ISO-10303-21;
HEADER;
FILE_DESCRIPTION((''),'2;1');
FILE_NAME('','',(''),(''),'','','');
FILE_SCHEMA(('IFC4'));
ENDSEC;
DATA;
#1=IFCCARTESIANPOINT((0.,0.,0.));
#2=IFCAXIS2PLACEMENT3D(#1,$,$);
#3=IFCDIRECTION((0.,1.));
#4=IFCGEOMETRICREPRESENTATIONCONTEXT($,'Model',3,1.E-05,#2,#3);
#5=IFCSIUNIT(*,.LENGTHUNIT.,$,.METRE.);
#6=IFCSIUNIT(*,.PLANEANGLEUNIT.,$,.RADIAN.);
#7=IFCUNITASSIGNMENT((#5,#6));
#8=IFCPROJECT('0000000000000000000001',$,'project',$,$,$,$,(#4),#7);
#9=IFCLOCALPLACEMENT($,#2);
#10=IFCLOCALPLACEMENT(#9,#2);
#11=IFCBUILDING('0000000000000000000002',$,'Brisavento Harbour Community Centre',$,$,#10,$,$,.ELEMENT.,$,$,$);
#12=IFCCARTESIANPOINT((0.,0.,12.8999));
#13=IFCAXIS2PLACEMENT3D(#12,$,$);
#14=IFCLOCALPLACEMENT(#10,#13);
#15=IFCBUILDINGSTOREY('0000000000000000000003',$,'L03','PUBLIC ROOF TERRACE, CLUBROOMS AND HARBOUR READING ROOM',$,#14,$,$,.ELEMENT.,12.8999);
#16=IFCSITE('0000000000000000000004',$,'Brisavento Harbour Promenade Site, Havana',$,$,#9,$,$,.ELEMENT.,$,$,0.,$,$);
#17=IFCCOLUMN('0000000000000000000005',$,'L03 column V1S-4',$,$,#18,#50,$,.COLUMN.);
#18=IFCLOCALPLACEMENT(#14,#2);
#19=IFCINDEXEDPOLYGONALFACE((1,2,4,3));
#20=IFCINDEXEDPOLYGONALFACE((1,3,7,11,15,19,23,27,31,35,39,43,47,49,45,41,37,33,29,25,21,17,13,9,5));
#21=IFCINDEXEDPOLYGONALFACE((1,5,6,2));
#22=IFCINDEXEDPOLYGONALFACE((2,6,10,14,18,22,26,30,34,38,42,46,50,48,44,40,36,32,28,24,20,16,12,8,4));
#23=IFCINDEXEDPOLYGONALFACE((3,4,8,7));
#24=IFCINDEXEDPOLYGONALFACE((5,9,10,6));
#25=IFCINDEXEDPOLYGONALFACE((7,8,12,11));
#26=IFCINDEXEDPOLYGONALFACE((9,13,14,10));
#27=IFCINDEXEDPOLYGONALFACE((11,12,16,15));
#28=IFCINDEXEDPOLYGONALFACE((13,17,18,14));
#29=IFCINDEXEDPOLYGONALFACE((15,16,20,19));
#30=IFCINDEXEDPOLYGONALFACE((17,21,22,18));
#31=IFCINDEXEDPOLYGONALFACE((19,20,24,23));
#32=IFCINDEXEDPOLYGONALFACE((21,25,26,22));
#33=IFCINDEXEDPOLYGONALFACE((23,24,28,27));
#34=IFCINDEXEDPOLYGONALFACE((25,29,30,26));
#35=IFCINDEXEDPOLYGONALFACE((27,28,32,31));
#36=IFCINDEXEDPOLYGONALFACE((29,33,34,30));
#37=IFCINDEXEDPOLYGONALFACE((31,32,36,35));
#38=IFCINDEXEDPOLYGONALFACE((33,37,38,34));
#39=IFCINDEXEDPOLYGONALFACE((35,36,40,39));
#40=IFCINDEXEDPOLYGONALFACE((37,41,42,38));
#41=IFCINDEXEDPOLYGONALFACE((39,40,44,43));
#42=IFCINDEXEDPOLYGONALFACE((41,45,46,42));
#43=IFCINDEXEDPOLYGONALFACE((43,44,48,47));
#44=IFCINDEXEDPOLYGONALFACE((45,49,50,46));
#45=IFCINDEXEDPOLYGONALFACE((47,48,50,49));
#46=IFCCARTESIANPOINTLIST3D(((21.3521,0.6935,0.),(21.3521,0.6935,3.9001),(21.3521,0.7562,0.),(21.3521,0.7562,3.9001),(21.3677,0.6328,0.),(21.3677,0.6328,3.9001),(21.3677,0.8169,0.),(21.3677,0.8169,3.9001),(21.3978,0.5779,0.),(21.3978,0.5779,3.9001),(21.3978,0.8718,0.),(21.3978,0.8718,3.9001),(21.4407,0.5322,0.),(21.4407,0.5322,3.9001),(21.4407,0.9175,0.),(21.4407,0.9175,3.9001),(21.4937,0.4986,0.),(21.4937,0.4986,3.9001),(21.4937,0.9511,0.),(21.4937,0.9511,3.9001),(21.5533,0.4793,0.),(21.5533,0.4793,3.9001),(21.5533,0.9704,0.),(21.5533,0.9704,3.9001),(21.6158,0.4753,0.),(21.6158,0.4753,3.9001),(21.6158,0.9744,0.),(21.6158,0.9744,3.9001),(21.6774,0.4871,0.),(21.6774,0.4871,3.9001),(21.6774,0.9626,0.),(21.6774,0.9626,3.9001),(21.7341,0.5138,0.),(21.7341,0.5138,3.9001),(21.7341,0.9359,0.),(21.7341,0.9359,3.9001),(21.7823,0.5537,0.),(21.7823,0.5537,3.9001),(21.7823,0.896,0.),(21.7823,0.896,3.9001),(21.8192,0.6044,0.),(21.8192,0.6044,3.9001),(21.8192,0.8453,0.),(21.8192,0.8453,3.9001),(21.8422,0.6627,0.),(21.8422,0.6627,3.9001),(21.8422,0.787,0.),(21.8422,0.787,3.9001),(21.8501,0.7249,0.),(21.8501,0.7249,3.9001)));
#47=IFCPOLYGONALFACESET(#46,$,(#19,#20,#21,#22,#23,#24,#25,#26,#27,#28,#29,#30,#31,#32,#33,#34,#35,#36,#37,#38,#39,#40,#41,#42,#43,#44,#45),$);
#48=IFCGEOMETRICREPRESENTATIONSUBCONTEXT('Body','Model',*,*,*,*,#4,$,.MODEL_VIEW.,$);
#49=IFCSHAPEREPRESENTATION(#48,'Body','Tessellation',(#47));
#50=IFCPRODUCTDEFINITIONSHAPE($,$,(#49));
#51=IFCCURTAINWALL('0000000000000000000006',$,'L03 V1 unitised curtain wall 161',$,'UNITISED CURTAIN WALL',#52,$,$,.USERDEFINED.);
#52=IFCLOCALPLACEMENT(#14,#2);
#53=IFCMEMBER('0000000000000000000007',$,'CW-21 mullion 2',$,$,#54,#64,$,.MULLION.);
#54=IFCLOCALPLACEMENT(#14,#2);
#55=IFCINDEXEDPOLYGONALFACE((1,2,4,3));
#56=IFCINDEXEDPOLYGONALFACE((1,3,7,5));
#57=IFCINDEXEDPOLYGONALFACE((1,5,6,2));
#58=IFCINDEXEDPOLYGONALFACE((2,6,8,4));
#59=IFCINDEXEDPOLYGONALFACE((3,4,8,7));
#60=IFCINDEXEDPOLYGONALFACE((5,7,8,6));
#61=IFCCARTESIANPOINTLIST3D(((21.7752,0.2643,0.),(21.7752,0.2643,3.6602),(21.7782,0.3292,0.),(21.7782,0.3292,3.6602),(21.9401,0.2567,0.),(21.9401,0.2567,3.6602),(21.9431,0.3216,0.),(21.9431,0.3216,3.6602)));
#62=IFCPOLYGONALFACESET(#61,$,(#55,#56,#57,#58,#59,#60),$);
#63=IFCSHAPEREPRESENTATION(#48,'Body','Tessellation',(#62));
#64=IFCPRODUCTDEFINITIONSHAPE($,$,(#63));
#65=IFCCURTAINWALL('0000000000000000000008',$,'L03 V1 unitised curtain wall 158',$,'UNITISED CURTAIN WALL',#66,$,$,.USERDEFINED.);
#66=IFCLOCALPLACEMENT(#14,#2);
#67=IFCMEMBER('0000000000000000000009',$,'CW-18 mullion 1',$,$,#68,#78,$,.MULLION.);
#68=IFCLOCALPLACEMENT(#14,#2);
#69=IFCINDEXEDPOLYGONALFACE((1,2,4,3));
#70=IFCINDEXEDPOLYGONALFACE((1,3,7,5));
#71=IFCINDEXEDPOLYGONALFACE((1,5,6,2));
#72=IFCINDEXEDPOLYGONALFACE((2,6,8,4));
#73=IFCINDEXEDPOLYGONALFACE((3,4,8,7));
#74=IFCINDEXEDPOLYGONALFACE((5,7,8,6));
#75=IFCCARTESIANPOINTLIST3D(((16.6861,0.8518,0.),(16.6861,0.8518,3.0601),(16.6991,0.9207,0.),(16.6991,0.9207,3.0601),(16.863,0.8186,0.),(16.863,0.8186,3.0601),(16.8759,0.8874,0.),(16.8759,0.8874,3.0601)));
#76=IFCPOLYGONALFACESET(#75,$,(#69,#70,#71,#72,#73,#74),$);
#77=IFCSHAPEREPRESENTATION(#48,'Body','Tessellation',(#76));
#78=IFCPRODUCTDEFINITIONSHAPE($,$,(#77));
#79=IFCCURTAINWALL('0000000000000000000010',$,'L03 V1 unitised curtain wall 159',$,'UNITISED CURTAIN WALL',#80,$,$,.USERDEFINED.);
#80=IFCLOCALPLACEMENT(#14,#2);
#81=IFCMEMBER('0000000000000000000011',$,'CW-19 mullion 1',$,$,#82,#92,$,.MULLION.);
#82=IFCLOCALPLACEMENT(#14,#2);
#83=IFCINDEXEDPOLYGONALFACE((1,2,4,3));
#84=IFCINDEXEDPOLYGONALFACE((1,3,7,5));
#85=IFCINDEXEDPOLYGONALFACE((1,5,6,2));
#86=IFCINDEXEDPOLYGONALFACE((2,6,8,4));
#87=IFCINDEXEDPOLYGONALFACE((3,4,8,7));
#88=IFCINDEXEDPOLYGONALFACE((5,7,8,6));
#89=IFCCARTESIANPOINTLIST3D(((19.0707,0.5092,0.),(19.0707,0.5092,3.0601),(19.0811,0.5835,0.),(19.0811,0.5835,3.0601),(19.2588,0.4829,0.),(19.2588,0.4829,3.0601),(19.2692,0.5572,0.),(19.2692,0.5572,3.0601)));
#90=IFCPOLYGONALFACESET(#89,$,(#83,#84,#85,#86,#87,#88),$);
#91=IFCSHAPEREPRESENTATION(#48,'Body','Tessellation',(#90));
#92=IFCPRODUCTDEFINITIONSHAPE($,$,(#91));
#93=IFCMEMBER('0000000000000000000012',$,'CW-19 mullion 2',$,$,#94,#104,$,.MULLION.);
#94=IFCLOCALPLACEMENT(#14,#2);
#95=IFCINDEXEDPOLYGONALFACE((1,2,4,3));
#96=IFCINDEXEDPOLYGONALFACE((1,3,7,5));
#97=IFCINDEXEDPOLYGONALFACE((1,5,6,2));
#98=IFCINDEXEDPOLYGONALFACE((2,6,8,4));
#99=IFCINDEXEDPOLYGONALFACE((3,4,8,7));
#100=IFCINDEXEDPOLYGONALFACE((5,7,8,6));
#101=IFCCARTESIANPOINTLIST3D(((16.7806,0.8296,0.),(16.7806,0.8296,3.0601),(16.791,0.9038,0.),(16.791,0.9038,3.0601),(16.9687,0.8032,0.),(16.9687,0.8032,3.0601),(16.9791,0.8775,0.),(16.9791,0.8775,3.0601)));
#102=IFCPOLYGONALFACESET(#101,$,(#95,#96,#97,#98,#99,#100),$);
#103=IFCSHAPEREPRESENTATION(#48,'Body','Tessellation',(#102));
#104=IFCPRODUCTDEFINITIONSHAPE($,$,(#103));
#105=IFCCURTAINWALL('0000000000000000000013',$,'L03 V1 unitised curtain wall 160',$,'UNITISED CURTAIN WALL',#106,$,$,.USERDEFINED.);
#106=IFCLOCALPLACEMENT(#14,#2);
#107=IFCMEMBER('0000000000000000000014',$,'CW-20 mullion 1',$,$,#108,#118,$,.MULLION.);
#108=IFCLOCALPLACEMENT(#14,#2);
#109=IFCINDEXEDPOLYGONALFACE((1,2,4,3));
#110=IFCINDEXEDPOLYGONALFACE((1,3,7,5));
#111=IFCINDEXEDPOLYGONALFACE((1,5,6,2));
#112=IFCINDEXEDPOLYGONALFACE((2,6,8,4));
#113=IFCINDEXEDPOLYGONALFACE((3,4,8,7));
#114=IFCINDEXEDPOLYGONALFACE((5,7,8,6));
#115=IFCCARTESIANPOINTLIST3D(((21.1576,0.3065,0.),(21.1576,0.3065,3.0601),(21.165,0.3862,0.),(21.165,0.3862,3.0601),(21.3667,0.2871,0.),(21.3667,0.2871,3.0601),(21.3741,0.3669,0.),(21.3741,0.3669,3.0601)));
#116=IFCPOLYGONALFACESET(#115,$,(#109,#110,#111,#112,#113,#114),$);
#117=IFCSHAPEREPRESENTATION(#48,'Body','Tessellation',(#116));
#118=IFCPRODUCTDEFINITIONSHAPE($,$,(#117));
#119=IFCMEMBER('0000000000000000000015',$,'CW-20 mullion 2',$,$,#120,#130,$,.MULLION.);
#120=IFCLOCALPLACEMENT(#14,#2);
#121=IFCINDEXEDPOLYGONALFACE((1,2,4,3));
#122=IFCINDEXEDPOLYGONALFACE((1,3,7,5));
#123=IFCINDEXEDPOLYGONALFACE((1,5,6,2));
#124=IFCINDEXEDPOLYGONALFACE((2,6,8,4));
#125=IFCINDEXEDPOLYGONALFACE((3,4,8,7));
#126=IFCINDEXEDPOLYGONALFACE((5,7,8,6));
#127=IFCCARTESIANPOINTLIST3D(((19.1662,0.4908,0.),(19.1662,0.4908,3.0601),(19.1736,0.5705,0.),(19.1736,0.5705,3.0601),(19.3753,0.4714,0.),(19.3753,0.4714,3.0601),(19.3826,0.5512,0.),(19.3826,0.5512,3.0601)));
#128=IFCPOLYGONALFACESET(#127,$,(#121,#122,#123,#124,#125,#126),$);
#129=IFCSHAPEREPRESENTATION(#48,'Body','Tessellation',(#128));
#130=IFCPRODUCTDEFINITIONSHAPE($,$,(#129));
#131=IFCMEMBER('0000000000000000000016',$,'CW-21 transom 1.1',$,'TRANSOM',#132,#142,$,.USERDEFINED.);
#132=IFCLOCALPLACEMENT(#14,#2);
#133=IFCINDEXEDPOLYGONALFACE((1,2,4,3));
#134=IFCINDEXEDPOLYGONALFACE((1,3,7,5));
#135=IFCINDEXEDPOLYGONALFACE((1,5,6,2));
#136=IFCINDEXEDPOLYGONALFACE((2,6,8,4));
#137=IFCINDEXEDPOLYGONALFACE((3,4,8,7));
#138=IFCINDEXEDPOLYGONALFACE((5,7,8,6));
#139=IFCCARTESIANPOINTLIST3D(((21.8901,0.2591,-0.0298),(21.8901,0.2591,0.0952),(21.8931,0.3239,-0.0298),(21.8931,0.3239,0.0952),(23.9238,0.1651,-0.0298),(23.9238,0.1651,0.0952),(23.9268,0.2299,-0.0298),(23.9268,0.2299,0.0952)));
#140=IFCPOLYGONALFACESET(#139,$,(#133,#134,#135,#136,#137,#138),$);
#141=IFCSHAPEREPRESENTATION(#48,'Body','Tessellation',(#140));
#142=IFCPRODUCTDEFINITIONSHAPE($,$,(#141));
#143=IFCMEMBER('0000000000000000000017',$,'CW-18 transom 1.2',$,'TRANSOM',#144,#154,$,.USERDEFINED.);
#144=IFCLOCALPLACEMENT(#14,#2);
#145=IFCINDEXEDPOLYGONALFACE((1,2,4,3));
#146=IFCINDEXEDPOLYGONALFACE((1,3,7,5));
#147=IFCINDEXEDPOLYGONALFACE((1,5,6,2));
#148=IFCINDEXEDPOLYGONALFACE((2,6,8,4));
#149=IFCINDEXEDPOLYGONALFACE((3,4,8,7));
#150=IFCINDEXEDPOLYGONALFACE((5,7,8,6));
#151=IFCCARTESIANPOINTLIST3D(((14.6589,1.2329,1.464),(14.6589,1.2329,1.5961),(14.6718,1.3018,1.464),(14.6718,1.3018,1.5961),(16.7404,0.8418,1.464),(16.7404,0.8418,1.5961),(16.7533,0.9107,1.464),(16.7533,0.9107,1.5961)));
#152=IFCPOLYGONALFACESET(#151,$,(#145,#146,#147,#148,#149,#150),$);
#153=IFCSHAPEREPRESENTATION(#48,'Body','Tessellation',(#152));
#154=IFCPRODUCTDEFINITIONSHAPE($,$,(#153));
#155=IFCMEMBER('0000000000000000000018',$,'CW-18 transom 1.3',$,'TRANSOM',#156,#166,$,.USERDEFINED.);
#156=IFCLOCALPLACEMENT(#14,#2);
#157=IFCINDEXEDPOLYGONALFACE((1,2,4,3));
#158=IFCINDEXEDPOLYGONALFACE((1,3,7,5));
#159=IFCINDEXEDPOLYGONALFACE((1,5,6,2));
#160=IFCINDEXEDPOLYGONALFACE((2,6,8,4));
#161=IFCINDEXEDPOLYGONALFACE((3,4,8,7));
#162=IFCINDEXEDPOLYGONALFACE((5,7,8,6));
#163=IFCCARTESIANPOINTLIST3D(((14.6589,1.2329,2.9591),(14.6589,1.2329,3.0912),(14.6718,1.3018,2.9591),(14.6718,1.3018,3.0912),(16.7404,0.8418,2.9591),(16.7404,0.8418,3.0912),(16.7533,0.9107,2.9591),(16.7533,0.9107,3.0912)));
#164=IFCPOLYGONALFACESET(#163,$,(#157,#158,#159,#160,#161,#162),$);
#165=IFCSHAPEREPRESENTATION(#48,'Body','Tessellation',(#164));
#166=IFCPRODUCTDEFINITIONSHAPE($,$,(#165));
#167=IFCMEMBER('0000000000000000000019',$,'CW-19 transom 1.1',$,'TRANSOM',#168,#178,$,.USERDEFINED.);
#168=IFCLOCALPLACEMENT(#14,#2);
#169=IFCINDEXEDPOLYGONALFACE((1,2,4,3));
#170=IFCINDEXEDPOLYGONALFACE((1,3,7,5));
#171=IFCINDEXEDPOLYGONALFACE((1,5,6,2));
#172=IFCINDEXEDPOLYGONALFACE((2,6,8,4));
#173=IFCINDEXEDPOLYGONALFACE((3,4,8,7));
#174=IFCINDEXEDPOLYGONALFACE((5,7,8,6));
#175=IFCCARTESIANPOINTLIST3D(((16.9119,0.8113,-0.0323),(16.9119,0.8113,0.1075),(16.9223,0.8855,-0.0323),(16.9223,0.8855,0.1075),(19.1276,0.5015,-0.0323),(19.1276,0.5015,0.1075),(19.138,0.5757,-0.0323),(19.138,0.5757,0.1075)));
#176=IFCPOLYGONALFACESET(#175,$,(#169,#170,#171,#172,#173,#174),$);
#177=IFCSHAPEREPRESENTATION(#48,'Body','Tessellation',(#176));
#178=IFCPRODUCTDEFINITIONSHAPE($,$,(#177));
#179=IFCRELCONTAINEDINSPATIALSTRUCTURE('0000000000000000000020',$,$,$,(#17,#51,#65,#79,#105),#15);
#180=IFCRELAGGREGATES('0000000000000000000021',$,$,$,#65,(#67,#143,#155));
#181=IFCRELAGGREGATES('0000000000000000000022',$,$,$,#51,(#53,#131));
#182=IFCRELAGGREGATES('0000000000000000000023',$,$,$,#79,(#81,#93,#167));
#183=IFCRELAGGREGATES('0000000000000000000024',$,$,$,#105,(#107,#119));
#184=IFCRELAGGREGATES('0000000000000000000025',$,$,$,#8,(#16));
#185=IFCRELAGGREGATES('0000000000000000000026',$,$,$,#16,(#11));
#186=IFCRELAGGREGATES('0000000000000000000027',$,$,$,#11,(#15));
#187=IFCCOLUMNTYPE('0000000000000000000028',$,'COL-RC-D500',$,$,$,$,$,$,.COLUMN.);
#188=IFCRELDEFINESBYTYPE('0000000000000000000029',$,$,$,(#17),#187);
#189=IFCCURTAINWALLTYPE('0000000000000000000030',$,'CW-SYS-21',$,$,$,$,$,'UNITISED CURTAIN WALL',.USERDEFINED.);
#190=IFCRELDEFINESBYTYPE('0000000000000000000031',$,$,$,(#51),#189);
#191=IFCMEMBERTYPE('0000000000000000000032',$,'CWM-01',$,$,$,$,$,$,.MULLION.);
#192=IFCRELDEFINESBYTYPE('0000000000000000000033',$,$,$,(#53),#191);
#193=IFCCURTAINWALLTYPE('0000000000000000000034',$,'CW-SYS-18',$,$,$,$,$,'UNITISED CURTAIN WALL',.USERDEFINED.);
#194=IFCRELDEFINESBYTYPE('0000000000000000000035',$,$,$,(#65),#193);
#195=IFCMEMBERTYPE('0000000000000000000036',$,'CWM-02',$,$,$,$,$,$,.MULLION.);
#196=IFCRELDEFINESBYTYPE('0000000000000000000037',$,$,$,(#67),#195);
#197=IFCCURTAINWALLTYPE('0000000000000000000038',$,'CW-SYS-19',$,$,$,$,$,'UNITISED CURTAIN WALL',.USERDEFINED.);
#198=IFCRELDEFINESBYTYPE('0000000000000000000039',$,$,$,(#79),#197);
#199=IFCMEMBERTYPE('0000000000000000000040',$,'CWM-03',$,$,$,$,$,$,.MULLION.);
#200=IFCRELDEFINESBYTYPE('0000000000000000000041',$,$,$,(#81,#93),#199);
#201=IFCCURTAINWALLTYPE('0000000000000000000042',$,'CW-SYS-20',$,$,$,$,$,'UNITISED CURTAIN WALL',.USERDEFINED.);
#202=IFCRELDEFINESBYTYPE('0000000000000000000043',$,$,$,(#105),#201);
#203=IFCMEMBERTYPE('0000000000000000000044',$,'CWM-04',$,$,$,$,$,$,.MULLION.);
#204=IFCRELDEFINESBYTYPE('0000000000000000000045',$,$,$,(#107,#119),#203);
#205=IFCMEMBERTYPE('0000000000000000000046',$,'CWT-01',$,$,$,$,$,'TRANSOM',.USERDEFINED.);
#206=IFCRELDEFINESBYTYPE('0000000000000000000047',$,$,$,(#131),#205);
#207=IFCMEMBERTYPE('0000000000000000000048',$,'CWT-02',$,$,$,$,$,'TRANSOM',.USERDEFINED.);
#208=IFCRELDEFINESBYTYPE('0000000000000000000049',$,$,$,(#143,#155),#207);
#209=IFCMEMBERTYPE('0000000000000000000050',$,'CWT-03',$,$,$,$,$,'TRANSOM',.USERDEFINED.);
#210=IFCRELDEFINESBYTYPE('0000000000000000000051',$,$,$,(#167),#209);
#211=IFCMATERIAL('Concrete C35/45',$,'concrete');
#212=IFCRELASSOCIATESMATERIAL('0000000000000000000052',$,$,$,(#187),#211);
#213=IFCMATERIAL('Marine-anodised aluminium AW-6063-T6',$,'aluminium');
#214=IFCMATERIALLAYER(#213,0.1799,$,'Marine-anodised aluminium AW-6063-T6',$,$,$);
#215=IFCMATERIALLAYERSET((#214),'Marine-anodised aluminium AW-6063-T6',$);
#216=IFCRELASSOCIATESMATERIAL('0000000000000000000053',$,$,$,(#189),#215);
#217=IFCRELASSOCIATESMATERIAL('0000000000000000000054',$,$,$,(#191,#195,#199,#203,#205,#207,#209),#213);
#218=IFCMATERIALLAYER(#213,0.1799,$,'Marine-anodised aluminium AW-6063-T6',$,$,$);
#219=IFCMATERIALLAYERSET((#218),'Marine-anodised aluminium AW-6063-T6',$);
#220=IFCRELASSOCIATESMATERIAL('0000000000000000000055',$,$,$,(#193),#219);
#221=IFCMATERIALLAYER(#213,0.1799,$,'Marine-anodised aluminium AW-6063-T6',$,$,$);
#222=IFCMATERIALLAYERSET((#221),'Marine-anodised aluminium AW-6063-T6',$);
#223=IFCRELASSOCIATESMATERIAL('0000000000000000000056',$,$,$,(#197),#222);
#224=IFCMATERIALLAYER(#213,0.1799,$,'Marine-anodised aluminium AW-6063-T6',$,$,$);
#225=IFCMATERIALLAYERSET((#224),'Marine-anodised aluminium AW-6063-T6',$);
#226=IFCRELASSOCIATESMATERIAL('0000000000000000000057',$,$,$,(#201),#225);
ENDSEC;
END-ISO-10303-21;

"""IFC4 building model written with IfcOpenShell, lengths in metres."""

from ifc_helpers import new_model, si_unit, direction, frame, origin, origin_2d, place, context, subcontext, project, spatial, rectangle, circle, extrude, material, layer, layer_set, material_profile, profile_set, type_object, element, aggregate, save


model = new_model("IFC4")

# Units and contexts
model_context = context("Model", 3, precision=1e-05, world=origin(), true_north=direction((0.0, 1.0)))
body_context = subcontext(model_context, "Body", "Model", "MODEL_VIEW")
ifc_project = project(units=[si_unit("LENGTHUNIT", "METRE"), si_unit("PLANEANGLEUNIT", "RADIAN")], contexts=[model_context])

# Site, building, storey
site_placement = place(None, origin())
site = spatial("IfcSite", under=ifc_project, at=site_placement, Name="Brisavento Harbour Promenade Site, Havana", CompositionType="ELEMENT", RefElevation=0.0)
building_placement = place(site_placement, origin())
building = spatial("IfcBuilding", under=site, at=building_placement, Name="Brisavento Harbour Community Centre", CompositionType="ELEMENT")
storey_placement = place(building_placement, frame((0.0, 0.0, 12.8999)))
storey = spatial("IfcBuildingStorey", under=building, at=storey_placement, Name="L03", Description="PUBLIC ROOF TERRACE, CLUBROOMS AND HARBOUR READING ROOM", CompositionType="ELEMENT", Elevation=12.8999)

# Column
ifc_material_1 = material(Name="Concrete C35/45", Category="concrete")
ifc_material_profile_1 = material_profile(ifc_material_1, circle(Radius=0.25, at=origin_2d()), Name="Concrete C35/45")
ifc_profile_set_1 = profile_set([ifc_material_profile_1], Name="Concrete C35/45")
column_type = type_object("IfcColumnType", Name="COL-RC-D500", PredefinedType="COLUMN", material=ifc_profile_set_1)
column_placement = place(storey_placement, frame((21.6001, 0.7249, 0.0), z_axis=(0.0, 0.0, 1.0), x_axis=(1.0, 0.0, 0.0)))
element("IfcColumn", 1, at=column_placement, inside=storey, type_object=column_type, Name="L03 column V1S-4", PredefinedType="COLUMN", context=body_context, shape_type="SweptSolid", body=[
    extrude(circle(Radius=0.25, at=origin_2d()), origin(), (0.0, 0.0, 1.0), 3.9001),
])

# Curtain walls, members
ifc_material_2 = material(Name="Marine-anodised aluminium AW-6063-T6", Category="aluminium")
ifc_layer_1 = layer(ifc_material_2, 0.1799, Name="Marine-anodised aluminium AW-6063-T6")
ifc_layer_set_1 = layer_set([ifc_layer_1], Name="Marine-anodised aluminium AW-6063-T6")
curtain_wall_type_1 = type_object("IfcCurtainWallType", Name="CW-SYS-21", ElementType="UNITISED CURTAIN WALL", PredefinedType="USERDEFINED", material=ifc_layer_set_1)
curtain_wall_1_placement = place(storey_placement, origin())
curtain_wall_1 = element("IfcCurtainWall", 2, at=curtain_wall_1_placement, inside=storey, type_object=curtain_wall_type_1, Name="L03 V1 unitised curtain wall 161", ObjectType="UNITISED CURTAIN WALL", PredefinedType="USERDEFINED")
ifc_material_profile_2 = material_profile(ifc_material_2, rectangle(XDim=0.0649, YDim=0.165, at=origin_2d()), Name="Marine-anodised aluminium AW-6063-T6")
ifc_profile_set_2 = profile_set([ifc_material_profile_2], Name="Marine-anodised aluminium AW-6063-T6")
member_type_1 = type_object("IfcMemberType", Name="CWM-01", PredefinedType="MULLION", material=ifc_profile_set_2)
member_1_placement = place(storey_placement, frame((21.8591, 0.293, 0.0), z_axis=(0.0, 0.0, 1.0), x_axis=(-0.046168, -0.998934, 0.0)))
member_1 = element("IfcMember", 3, at=member_1_placement, type_object=member_type_1, Name="CW-21 mullion 2", PredefinedType="MULLION", context=body_context, shape_type="SweptSolid", body=[
    extrude(rectangle(XDim=0.0649, YDim=0.165, at=origin_2d()), origin(), (0.0, 0.0, 1.0), 3.6602),
])
ifc_layer_2 = layer(ifc_material_2, 0.1799, Name="Marine-anodised aluminium AW-6063-T6")
ifc_layer_set_2 = layer_set([ifc_layer_2], Name="Marine-anodised aluminium AW-6063-T6")
curtain_wall_type_2 = type_object("IfcCurtainWallType", Name="CW-SYS-18", ElementType="UNITISED CURTAIN WALL", PredefinedType="USERDEFINED", material=ifc_layer_set_2)
curtain_wall_2_placement = place(storey_placement, origin())
curtain_wall_2 = element("IfcCurtainWall", 4, at=curtain_wall_2_placement, inside=storey, type_object=curtain_wall_type_2, Name="L03 V1 unitised curtain wall 158", ObjectType="UNITISED CURTAIN WALL", PredefinedType="USERDEFINED")
ifc_material_profile_3 = material_profile(ifc_material_2, rectangle(XDim=0.0701, YDim=0.1799, at=origin_2d()), Name="Marine-anodised aluminium AW-6063-T6")
ifc_profile_set_3 = profile_set([ifc_material_profile_3], Name="Marine-anodised aluminium AW-6063-T6")
member_type_2 = type_object("IfcMemberType", Name="CWM-02", PredefinedType="MULLION", material=ifc_profile_set_3)
member_2_placement = place(storey_placement, frame((16.781, 0.8696, 0.0), z_axis=(0.0, 0.0, 1.0), x_axis=(-0.18469, -0.982797, 0.0)))
member_2 = element("IfcMember", 5, at=member_2_placement, type_object=member_type_2, Name="CW-18 mullion 1", PredefinedType="MULLION", context=body_context, shape_type="SweptSolid", body=[
    extrude(rectangle(XDim=0.0701, YDim=0.1799, at=origin_2d()), origin(), (0.0, 0.0, 1.0), 3.0601),
])

# Curtain walls, members
ifc_layer_3 = layer(ifc_material_2, 0.1799, Name="Marine-anodised aluminium AW-6063-T6")
ifc_layer_set_3 = layer_set([ifc_layer_3], Name="Marine-anodised aluminium AW-6063-T6")
curtain_wall_type_3 = type_object("IfcCurtainWallType", Name="CW-SYS-19", ElementType="UNITISED CURTAIN WALL", PredefinedType="USERDEFINED", material=ifc_layer_set_3)
curtain_wall_3_placement = place(storey_placement, origin())
curtain_wall_3 = element("IfcCurtainWall", 6, at=curtain_wall_3_placement, inside=storey, type_object=curtain_wall_type_3, Name="L03 V1 unitised curtain wall 159", ObjectType="UNITISED CURTAIN WALL", PredefinedType="USERDEFINED")
ifc_material_profile_4 = material_profile(ifc_material_2, rectangle(XDim=0.075, YDim=0.1899, at=origin_2d()), Name="Marine-anodised aluminium AW-6063-T6")
ifc_profile_set_4 = profile_set([ifc_material_profile_4], Name="Marine-anodised aluminium AW-6063-T6")
member_type_3 = type_object("IfcMemberType", Name="CWM-03", PredefinedType="MULLION", material=ifc_profile_set_4)
member_3_placement = place(storey_placement, frame((19.1699, 0.5332, 0.0), z_axis=(0.0, 0.0, 1.0), x_axis=(-0.138477, -0.990366, 0.0)))
member_3 = element("IfcMember", 7, at=member_3_placement, type_object=member_type_3, Name="CW-19 mullion 1", PredefinedType="MULLION", context=body_context, shape_type="SweptSolid", body=[
    extrude(rectangle(XDim=0.075, YDim=0.1899, at=origin_2d()), origin(), (0.0, 0.0, 1.0), 3.0601),
])
member_4_placement = place(storey_placement, frame((16.8799, 0.8535, 0.0), z_axis=(0.0, 0.0, 1.0), x_axis=(-0.138477, -0.990366, 0.0)))
member_4 = element("IfcMember", 8, at=member_4_placement, type_object=member_type_3, Name="CW-19 mullion 2", PredefinedType="MULLION", context=body_context, shape_type="SweptSolid", body=[
    extrude(rectangle(XDim=0.075, YDim=0.1899, at=origin_2d()), origin(), (0.0, 0.0, 1.0), 3.0601),
])
ifc_layer_4 = layer(ifc_material_2, 0.1799, Name="Marine-anodised aluminium AW-6063-T6")
ifc_layer_set_4 = layer_set([ifc_layer_4], Name="Marine-anodised aluminium AW-6063-T6")
curtain_wall_type_4 = type_object("IfcCurtainWallType", Name="CW-SYS-20", ElementType="UNITISED CURTAIN WALL", PredefinedType="USERDEFINED", material=ifc_layer_set_4)
curtain_wall_4_placement = place(storey_placement, origin())
curtain_wall_4 = element("IfcCurtainWall", 9, at=curtain_wall_4_placement, inside=storey, type_object=curtain_wall_type_4, Name="L03 V1 unitised curtain wall 160", ObjectType="UNITISED CURTAIN WALL", PredefinedType="USERDEFINED")
ifc_material_profile_5 = material_profile(ifc_material_2, rectangle(XDim=0.0801, YDim=0.21, at=origin_2d()), Name="Marine-anodised aluminium AW-6063-T6")
ifc_profile_set_5 = profile_set([ifc_material_profile_5], Name="Marine-anodised aluminium AW-6063-T6")
member_type_4 = type_object("IfcMemberType", Name="CWM-04", PredefinedType="MULLION", material=ifc_profile_set_5)
member_5_placement = place(storey_placement, frame((21.2659, 0.3367, 0.0), z_axis=(0.0, 0.0, 1.0), x_axis=(-0.092261, -0.995735, 0.0)))
member_5 = element("IfcMember", 10, at=member_5_placement, type_object=member_type_4, Name="CW-20 mullion 1", PredefinedType="MULLION", context=body_context, shape_type="SweptSolid", body=[
    extrude(rectangle(XDim=0.0801, YDim=0.21, at=origin_2d()), origin(), (0.0, 0.0, 1.0), 3.0601),
])
member_6_placement = place(storey_placement, frame((19.2744, 0.521, 0.0), z_axis=(0.0, 0.0, 1.0), x_axis=(-0.092261, -0.995735, 0.0)))
member_6 = element("IfcMember", 11, at=member_6_placement, type_object=member_type_4, Name="CW-20 mullion 2", PredefinedType="MULLION", context=body_context, shape_type="SweptSolid", body=[
    extrude(rectangle(XDim=0.0801, YDim=0.21, at=origin_2d()), origin(), (0.0, 0.0, 1.0), 3.0601),
])

# Members
ifc_material_profile_6 = material_profile(ifc_material_2, rectangle(XDim=0.0649, YDim=0.125, at=origin_2d()), Name="Marine-anodised aluminium AW-6063-T6")
ifc_profile_set_6 = profile_set([ifc_material_profile_6], Name="Marine-anodised aluminium AW-6063-T6")
member_type_5 = type_object("IfcMemberType", Name="CWT-01", ElementType="TRANSOM", PredefinedType="USERDEFINED", material=ifc_profile_set_6)
member_7_placement = place(storey_placement, frame((23.9253, 0.1975, 0.0327), z_axis=(-0.998934, 0.046169, 0.0), x_axis=(-0.046169, -0.998934, 0.0)))
member_7 = element("IfcMember", 12, at=member_7_placement, type_object=member_type_5, Name="CW-21 transom 1.1", ObjectType="TRANSOM", PredefinedType="USERDEFINED", context=body_context, shape_type="SweptSolid", body=[
    extrude(rectangle(XDim=0.0649, YDim=0.125, at=origin_2d()), origin(), (0.0, 0.0, 1.0), 2.0359),
])
ifc_material_profile_7 = material_profile(ifc_material_2, rectangle(XDim=0.0701, YDim=0.1321, at=origin_2d()), Name="Marine-anodised aluminium AW-6063-T6")
ifc_profile_set_7 = profile_set([ifc_material_profile_7], Name="Marine-anodised aluminium AW-6063-T6")
member_type_6 = type_object("IfcMemberType", Name="CWT-02", ElementType="TRANSOM", PredefinedType="USERDEFINED", material=ifc_profile_set_7)
member_8_placement = place(storey_placement, frame((16.7468, 0.8762, 1.53), z_axis=(-0.982802, 0.184664, 0.0), x_axis=(-0.184664, -0.982802, 0.0)))
member_8 = element("IfcMember", 13, at=member_8_placement, type_object=member_type_6, Name="CW-18 transom 1.2", ObjectType="TRANSOM", PredefinedType="USERDEFINED", context=body_context, shape_type="SweptSolid", body=[
    extrude(rectangle(XDim=0.0701, YDim=0.1321, at=origin_2d()), origin(), (0.0, 0.0, 1.0), 2.1179),
])
member_9_placement = place(storey_placement, frame((16.7468, 0.8762, 3.0251), z_axis=(-0.982802, 0.184664, 0.0), x_axis=(-0.184664, -0.982802, 0.0)))
member_9 = element("IfcMember", 14, at=member_9_placement, type_object=member_type_6, Name="CW-18 transom 1.3", ObjectType="TRANSOM", PredefinedType="USERDEFINED", context=body_context, shape_type="SweptSolid", body=[
    extrude(rectangle(XDim=0.0701, YDim=0.1321, at=origin_2d()), origin(), (0.0, 0.0, 1.0), 2.1179),
])
aggregate(curtain_wall_2, [member_2, member_8, member_9])
ifc_material_profile_8 = material_profile(ifc_material_2, rectangle(XDim=0.075, YDim=0.1399, at=origin_2d()), Name="Marine-anodised aluminium AW-6063-T6")
ifc_profile_set_8 = profile_set([ifc_material_profile_8], Name="Marine-anodised aluminium AW-6063-T6")
member_type_7 = type_object("IfcMemberType", Name="CWT-03", ElementType="TRANSOM", PredefinedType="USERDEFINED", material=ifc_profile_set_8)
member_10_placement = place(storey_placement, frame((19.1328, 0.5386, 0.0376), z_axis=(-0.990366, 0.138472, 0.0), x_axis=(-0.138472, -0.990366, 0.0)))
member_10 = element("IfcMember", 15, at=member_10_placement, type_object=member_type_7, Name="CW-19 transom 1.1", ObjectType="TRANSOM", PredefinedType="USERDEFINED", context=body_context, shape_type="SweptSolid", body=[
    extrude(rectangle(XDim=0.075, YDim=0.1399, at=origin_2d()), origin(), (0.0, 0.0, 1.0), 2.2373),
])

aggregate(curtain_wall_1, [member_1, member_7])
aggregate(curtain_wall_3, [member_3, member_4, member_10])
aggregate(curtain_wall_4, [member_5, member_6])

save(model, "model.ifc")
